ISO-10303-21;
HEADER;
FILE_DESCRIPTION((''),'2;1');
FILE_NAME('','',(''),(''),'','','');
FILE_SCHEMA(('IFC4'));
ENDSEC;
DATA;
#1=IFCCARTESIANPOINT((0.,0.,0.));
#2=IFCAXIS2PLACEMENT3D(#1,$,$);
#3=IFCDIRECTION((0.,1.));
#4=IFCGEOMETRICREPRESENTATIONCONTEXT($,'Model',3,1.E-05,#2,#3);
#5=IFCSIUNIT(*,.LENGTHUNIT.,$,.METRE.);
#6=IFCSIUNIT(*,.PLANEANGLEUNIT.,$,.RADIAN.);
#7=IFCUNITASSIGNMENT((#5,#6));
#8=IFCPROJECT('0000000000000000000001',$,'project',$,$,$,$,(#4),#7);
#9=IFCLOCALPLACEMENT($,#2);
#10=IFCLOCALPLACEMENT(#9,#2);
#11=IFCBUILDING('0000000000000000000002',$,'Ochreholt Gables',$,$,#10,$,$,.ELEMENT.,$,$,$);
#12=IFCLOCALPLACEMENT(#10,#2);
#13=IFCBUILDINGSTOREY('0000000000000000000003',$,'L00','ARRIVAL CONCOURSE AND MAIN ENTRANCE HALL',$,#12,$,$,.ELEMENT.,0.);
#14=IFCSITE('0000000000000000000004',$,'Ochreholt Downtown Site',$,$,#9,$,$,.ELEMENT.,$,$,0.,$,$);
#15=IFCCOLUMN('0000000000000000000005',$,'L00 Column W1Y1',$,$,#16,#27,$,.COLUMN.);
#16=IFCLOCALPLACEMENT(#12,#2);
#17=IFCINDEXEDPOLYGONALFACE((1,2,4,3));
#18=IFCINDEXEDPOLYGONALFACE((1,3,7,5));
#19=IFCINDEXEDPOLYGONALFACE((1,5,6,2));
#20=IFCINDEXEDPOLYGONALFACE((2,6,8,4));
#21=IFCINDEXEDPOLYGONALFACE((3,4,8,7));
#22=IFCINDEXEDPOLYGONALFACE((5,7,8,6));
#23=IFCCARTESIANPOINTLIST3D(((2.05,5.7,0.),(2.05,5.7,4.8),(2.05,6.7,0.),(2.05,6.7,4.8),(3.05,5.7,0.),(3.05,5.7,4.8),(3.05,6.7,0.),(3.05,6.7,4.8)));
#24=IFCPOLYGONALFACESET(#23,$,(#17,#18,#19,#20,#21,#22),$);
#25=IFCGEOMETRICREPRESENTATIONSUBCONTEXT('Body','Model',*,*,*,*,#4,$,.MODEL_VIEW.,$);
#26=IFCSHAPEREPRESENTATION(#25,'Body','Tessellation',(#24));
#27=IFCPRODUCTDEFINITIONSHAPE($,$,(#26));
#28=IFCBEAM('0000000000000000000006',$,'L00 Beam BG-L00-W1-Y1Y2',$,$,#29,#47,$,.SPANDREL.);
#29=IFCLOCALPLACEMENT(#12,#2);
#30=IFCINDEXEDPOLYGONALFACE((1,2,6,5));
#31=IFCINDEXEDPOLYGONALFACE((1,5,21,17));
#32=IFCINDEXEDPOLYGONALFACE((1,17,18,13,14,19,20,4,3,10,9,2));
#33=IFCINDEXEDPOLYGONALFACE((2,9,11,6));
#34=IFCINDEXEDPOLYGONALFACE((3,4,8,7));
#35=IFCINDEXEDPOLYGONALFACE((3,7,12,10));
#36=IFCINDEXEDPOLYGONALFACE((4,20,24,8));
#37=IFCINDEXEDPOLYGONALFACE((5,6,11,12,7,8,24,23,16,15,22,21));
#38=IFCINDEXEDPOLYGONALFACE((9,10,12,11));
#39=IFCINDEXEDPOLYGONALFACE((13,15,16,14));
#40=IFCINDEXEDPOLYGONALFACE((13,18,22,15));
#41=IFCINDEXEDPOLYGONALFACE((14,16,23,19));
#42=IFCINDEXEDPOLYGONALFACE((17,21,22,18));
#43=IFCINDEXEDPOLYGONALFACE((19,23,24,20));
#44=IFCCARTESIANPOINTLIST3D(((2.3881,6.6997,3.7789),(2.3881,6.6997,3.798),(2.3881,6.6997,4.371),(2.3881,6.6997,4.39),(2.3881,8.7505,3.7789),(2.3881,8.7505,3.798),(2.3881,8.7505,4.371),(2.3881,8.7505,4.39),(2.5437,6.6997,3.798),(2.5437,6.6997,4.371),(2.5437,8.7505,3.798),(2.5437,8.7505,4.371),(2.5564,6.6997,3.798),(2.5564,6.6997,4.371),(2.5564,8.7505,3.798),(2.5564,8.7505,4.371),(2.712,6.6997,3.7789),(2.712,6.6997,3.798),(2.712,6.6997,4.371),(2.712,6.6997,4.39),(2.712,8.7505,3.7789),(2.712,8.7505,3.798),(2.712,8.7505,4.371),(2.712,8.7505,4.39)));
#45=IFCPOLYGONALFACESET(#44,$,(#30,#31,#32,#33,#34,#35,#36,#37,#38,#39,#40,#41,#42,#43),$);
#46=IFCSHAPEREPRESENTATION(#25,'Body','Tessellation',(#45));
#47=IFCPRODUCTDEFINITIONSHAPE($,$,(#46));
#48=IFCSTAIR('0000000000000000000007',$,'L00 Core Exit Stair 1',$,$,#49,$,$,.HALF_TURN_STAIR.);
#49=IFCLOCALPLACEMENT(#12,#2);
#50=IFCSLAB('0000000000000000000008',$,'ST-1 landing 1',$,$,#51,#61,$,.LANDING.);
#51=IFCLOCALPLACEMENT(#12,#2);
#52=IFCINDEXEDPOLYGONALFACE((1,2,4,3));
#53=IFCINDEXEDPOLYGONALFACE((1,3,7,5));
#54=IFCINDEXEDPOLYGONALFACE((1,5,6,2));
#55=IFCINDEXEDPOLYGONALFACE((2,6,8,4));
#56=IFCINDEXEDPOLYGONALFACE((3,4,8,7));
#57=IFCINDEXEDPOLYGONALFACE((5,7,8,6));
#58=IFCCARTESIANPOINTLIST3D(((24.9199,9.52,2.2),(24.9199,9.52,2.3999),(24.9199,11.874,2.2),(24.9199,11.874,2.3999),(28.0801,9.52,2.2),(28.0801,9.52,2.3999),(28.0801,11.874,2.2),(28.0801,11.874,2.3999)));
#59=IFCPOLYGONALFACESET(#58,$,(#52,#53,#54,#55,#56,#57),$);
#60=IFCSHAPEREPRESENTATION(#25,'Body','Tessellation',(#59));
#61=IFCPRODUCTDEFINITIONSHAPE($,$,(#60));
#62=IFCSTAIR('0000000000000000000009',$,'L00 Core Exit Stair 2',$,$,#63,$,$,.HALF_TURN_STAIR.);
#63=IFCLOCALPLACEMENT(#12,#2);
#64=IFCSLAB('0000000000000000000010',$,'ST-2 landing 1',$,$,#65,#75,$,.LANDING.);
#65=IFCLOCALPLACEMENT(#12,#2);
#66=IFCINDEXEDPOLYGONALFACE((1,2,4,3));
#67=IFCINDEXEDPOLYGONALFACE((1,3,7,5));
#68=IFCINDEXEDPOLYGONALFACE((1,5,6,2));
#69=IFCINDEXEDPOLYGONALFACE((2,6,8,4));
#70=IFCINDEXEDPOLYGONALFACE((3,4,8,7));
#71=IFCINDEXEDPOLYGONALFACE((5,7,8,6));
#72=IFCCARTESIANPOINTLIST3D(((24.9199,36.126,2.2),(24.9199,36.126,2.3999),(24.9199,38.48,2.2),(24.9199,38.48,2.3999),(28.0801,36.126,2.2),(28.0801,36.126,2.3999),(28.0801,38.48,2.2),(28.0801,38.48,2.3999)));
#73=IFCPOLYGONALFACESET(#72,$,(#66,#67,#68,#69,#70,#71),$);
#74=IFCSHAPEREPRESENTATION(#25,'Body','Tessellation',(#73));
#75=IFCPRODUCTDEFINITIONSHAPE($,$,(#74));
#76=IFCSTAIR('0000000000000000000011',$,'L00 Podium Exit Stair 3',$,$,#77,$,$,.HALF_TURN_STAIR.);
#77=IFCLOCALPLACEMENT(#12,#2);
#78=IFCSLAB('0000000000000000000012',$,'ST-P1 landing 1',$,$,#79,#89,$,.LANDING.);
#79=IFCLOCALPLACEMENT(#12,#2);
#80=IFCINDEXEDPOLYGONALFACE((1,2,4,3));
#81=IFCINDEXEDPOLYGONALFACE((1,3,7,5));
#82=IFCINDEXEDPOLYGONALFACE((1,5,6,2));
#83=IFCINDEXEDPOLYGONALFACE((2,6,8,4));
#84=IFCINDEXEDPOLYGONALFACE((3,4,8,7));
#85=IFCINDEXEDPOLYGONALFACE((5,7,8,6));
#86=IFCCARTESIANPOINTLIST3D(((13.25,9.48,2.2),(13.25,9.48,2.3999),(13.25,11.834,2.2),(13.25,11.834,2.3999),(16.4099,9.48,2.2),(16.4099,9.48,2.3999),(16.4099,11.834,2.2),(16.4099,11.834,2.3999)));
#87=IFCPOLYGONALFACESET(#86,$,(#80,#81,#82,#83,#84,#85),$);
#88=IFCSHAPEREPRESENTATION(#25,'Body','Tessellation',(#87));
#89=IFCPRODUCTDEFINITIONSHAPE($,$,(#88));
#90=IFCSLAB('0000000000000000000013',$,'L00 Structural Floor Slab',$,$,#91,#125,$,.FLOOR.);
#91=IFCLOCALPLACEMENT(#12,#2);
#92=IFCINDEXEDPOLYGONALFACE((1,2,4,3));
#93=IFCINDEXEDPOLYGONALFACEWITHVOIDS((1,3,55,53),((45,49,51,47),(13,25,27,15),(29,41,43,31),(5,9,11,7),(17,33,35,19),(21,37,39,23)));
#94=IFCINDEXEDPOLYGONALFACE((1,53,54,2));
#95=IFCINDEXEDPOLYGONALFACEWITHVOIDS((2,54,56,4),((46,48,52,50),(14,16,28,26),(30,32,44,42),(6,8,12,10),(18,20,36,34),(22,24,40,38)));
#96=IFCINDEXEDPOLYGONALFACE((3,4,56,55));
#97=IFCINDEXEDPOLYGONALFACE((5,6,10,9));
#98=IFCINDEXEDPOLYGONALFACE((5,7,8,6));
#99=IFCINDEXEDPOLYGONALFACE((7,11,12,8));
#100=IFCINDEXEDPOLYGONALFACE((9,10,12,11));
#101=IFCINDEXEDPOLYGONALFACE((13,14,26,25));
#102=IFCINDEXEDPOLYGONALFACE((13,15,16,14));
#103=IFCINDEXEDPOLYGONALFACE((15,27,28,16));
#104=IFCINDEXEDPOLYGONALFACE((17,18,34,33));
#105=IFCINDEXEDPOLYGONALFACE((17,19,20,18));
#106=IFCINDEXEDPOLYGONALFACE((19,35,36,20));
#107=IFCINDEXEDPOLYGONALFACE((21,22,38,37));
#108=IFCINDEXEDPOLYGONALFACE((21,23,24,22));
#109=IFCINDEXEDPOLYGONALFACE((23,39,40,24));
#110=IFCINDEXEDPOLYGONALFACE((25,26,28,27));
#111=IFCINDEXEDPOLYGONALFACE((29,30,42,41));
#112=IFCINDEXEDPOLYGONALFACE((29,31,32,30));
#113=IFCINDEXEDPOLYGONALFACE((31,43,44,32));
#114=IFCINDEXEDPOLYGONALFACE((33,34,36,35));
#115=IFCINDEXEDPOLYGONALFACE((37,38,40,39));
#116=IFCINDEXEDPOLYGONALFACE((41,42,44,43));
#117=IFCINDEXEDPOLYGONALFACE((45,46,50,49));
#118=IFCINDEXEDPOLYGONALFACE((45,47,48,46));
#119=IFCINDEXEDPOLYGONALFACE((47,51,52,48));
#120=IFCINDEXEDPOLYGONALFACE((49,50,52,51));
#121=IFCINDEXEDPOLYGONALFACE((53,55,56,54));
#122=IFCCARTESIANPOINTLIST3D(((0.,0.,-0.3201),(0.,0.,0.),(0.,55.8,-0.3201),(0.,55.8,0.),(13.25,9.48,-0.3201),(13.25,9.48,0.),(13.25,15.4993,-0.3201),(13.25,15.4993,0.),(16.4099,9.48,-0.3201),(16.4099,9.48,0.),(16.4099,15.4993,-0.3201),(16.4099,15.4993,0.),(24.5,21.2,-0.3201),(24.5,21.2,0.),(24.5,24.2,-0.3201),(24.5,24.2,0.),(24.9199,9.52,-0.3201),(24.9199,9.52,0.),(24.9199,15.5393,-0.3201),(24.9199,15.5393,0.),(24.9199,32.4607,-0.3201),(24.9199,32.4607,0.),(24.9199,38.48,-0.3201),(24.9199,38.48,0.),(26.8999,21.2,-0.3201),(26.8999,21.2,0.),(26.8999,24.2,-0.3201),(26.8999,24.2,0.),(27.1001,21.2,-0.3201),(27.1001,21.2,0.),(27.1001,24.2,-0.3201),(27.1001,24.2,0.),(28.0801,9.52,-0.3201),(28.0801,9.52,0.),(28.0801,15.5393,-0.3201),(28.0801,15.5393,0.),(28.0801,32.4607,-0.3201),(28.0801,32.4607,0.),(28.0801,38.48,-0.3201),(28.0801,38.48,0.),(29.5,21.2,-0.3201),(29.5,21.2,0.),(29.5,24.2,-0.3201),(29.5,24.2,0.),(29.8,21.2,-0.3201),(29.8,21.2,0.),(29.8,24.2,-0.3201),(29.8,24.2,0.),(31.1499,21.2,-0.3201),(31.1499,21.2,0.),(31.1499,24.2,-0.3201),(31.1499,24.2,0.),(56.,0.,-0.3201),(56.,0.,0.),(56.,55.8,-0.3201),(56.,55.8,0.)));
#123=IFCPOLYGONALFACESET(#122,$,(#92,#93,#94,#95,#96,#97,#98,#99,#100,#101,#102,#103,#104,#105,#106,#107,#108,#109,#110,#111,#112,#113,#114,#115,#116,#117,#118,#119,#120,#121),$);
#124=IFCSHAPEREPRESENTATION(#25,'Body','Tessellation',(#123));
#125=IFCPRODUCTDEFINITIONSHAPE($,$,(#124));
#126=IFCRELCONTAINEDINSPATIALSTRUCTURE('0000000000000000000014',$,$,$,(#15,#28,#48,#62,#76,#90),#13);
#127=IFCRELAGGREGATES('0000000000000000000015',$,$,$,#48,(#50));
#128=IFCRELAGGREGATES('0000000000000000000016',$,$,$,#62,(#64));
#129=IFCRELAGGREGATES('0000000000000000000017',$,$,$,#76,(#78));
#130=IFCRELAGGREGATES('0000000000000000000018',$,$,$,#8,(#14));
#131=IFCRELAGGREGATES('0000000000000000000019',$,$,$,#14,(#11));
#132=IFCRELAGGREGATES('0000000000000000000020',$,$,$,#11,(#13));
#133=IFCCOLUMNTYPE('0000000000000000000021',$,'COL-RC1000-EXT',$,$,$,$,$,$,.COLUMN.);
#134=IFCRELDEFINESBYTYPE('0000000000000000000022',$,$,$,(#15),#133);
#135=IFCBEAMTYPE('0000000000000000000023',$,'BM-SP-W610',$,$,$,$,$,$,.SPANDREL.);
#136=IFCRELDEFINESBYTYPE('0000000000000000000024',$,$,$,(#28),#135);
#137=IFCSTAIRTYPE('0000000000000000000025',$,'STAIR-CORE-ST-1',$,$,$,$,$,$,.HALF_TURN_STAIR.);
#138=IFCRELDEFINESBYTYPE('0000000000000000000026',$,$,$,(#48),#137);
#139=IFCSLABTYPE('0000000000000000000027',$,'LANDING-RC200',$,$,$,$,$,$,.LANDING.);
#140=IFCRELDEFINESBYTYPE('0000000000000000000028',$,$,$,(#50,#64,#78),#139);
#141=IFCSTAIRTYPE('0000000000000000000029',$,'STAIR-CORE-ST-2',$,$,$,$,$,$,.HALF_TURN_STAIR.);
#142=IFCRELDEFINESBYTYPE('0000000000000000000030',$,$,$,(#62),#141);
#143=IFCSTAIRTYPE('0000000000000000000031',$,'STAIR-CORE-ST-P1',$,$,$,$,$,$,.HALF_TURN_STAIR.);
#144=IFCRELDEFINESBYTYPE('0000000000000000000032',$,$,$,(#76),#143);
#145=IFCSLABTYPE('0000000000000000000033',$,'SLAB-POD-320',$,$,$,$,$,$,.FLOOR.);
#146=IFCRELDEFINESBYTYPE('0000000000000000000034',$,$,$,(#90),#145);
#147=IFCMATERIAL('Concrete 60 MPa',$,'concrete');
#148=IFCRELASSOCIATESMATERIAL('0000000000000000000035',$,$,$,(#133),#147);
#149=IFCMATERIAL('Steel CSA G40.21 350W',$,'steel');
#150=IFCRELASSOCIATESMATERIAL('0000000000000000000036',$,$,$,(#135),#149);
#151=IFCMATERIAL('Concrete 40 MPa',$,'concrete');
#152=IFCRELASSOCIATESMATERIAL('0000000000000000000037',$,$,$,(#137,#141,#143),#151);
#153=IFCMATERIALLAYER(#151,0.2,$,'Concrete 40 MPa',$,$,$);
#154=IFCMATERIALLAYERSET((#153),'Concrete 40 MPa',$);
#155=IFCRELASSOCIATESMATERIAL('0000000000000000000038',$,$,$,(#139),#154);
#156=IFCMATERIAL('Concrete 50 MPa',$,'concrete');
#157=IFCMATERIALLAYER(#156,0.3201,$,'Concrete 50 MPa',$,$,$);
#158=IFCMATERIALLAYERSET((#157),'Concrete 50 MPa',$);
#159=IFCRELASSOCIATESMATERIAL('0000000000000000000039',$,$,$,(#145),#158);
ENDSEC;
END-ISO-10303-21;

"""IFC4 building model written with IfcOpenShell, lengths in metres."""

from ifc_helpers import new_model, si_unit, direction, frame, origin, origin_2d, place, context, subcontext, project, spatial, polyline, rectangle, i_section, outline, extrude, material, layer, layer_set, material_profile, profile_set, type_object, element, aggregate, save


model = new_model("IFC4")

# Units and contexts
model_context = context("Model", 3, precision=1e-05, world=origin(), true_north=direction((0.0, 1.0)))
body_context = subcontext(model_context, "Body", "Model", "MODEL_VIEW")
ifc_project = project(units=[si_unit("LENGTHUNIT", "METRE"), si_unit("PLANEANGLEUNIT", "RADIAN")], contexts=[model_context])

# Site, building, storey
site_placement = place(None, origin())
site = spatial("IfcSite", under=ifc_project, at=site_placement, Name="Ochreholt Downtown Site", CompositionType="ELEMENT", RefElevation=0.0)
building_placement = place(site_placement, origin())
building = spatial("IfcBuilding", under=site, at=building_placement, Name="Ochreholt Gables", CompositionType="ELEMENT")
storey_placement = place(building_placement, origin())
storey = spatial("IfcBuildingStorey", under=building, at=storey_placement, Name="L00", Description="ARRIVAL CONCOURSE AND MAIN ENTRANCE HALL", CompositionType="ELEMENT", Elevation=0.0)

# Column
ifc_material_1 = material(Name="Concrete 60 MPa", Category="concrete")
ifc_material_profile_1 = material_profile(ifc_material_1, rectangle(XDim=1.0, YDim=1.0, at=origin_2d()), Name="RC1000X1000")
ifc_profile_set_1 = profile_set([ifc_material_profile_1], Name="Concrete 60 MPa")
column_type = type_object("IfcColumnType", Name="COL-RC1000-EXT", PredefinedType="COLUMN", material=ifc_profile_set_1)
column_placement = place(storey_placement, frame((2.55, 6.2, 0.0), z_axis=(0.0, 0.0, 1.0), x_axis=(1.0, 0.0, 0.0)))
element("IfcColumn", 1, at=column_placement, inside=storey, type_object=column_type, Name="L00 Column W1Y1", PredefinedType="COLUMN", context=body_context, shape_type="SweptSolid", body=[
    extrude(rectangle(XDim=1.0, YDim=1.0, at=origin_2d()), origin(), (0.0, 0.0, 1.0), 4.8),
])

# Beam
ifc_material_2 = material(Name="Steel CSA G40.21 350W", Category="steel")
ifc_material_profile_2 = material_profile(ifc_material_2, i_section(OverallWidth=0.324, OverallDepth=0.6111, WebThickness=0.0127, FlangeThickness=0.019, at=origin_2d()), Name="W610X155")
ifc_profile_set_2 = profile_set([ifc_material_profile_2], Name="Steel CSA G40.21 350W")
beam_type = type_object("IfcBeamType", Name="BM-SP-W610", PredefinedType="SPANDREL", material=ifc_profile_set_2)
beam_placement = place(storey_placement, frame((2.55, 6.6997, 4.0845), z_axis=(0.0, 1.0, 0.0), x_axis=(-1.0, 0.0, 0.0)))
element("IfcBeam", 2, at=beam_placement, inside=storey, type_object=beam_type, Name="L00 Beam BG-L00-W1-Y1Y2", PredefinedType="SPANDREL", context=body_context, shape_type="SweptSolid", body=[
    extrude(i_section(OverallWidth=0.324, OverallDepth=0.6111, WebThickness=0.0127, FlangeThickness=0.019, at=origin_2d()), origin(), (0.0, 0.0, 1.0), 2.0508),
])

# Stairs, slabs
ifc_material_3 = material(Name="Concrete 40 MPa", Category="concrete")
stair_type_1 = type_object("IfcStairType", Name="STAIR-CORE-ST-1", PredefinedType="HALF_TURN_STAIR", material=ifc_material_3)
stair_1_placement = place(storey_placement, origin())
stair_1 = element("IfcStair", 3, at=stair_1_placement, inside=storey, type_object=stair_type_1, Name="L00 Core Exit Stair 1", PredefinedType="HALF_TURN_STAIR")
ifc_layer_1 = layer(ifc_material_3, 0.2, Name="Concrete 40 MPa")
ifc_layer_set_1 = layer_set([ifc_layer_1], Name="Concrete 40 MPa")
slab_type_1 = type_object("IfcSlabType", Name="LANDING-RC200", PredefinedType="LANDING", material=ifc_layer_set_1)
slab_1_placement = place(storey_placement, frame((0.0, 0.0, 2.2)))
slab_1 = element("IfcSlab", 4, at=slab_1_placement, type_object=slab_type_1, Name="ST-1 landing 1", PredefinedType="LANDING", context=body_context, shape_type="SweptSolid", body=[
    extrude(outline(polyline([(24.9199, 11.874), (24.9199, 9.52), (28.0801, 9.52), (28.0801, 11.874), (24.9199, 11.874)])), origin(), (0.0, 0.0, 1.0), 0.2),
])
aggregate(stair_1, [slab_1])
stair_type_2 = type_object("IfcStairType", Name="STAIR-CORE-ST-2", PredefinedType="HALF_TURN_STAIR", material=ifc_material_3)
stair_2_placement = place(storey_placement, origin())
stair_2 = element("IfcStair", 5, at=stair_2_placement, inside=storey, type_object=stair_type_2, Name="L00 Core Exit Stair 2", PredefinedType="HALF_TURN_STAIR")
slab_2_placement = place(storey_placement, frame((0.0, 0.0, 2.2)))
slab_2 = element("IfcSlab", 6, at=slab_2_placement, type_object=slab_type_1, Name="ST-2 landing 1", PredefinedType="LANDING", context=body_context, shape_type="SweptSolid", body=[
    extrude(outline(polyline([(28.0801, 36.126), (28.0801, 38.48), (24.9199, 38.48), (24.9199, 36.126), (28.0801, 36.126)])), origin(), (0.0, 0.0, 1.0), 0.2),
])
aggregate(stair_2, [slab_2])
stair_type_3 = type_object("IfcStairType", Name="STAIR-CORE-ST-P1", PredefinedType="HALF_TURN_STAIR", material=ifc_material_3)
stair_3_placement = place(storey_placement, origin())
stair_3 = element("IfcStair", 7, at=stair_3_placement, inside=storey, type_object=stair_type_3, Name="L00 Podium Exit Stair 3", PredefinedType="HALF_TURN_STAIR")
slab_3_placement = place(storey_placement, frame((0.0, 0.0, 2.2)))
slab_3 = element("IfcSlab", 8, at=slab_3_placement, type_object=slab_type_1, Name="ST-P1 landing 1", PredefinedType="LANDING", context=body_context, shape_type="SweptSolid", body=[
    extrude(outline(polyline([(13.25, 11.834), (13.25, 9.48), (16.4099, 9.48), (16.4099, 11.834), (13.25, 11.834)])), origin(), (0.0, 0.0, 1.0), 0.2),
])
aggregate(stair_3, [slab_3])

# Slab
ifc_material_4 = material(Name="Concrete 50 MPa", Category="concrete")
ifc_layer_2 = layer(ifc_material_4, 0.3201, Name="Concrete 50 MPa")
ifc_layer_set_2 = layer_set([ifc_layer_2], Name="Concrete 50 MPa")
slab_type_2 = type_object("IfcSlabType", Name="SLAB-POD-320", PredefinedType="FLOOR", material=ifc_layer_set_2)
slab_4_placement = place(storey_placement, frame((0.0, 0.0, -0.3201)))
element("IfcSlab", 9, at=slab_4_placement, inside=storey, type_object=slab_type_2, Name="L00 Structural Floor Slab", PredefinedType="FLOOR", context=body_context, shape_type="SweptSolid", body=[
    extrude(outline(polyline([(0.0, 0.0), (56.0, 0.0), (56.0, 55.8), (0.0, 55.8), (0.0, 0.0)]), holes=[polyline([(24.9199, 15.5393), (24.9199, 9.52), (28.0801, 9.52), (28.0801, 15.5393), (24.9199, 15.5393)]), polyline([(28.0801, 32.4607), (28.0801, 38.48), (24.9199, 38.48), (24.9199, 32.4607), (28.0801, 32.4607)]), polyline([(13.25, 15.4993), (13.25, 9.48), (16.4099, 9.48), (16.4099, 15.4993), (13.25, 15.4993)]), polyline([(24.5, 21.2), (26.8999, 21.2), (26.8999, 24.2), (24.5, 24.2), (24.5, 21.2)]), polyline([(27.1001, 21.2), (29.5, 21.2), (29.5, 24.2), (27.1001, 24.2), (27.1001, 21.2)]), polyline([(29.8, 21.2), (31.1499, 21.2), (31.1499, 24.2), (29.8, 24.2), (29.8, 21.2)])]), origin(), (0.0, 0.0, 1.0), 0.3201),
])

save(model, "model.ifc")
